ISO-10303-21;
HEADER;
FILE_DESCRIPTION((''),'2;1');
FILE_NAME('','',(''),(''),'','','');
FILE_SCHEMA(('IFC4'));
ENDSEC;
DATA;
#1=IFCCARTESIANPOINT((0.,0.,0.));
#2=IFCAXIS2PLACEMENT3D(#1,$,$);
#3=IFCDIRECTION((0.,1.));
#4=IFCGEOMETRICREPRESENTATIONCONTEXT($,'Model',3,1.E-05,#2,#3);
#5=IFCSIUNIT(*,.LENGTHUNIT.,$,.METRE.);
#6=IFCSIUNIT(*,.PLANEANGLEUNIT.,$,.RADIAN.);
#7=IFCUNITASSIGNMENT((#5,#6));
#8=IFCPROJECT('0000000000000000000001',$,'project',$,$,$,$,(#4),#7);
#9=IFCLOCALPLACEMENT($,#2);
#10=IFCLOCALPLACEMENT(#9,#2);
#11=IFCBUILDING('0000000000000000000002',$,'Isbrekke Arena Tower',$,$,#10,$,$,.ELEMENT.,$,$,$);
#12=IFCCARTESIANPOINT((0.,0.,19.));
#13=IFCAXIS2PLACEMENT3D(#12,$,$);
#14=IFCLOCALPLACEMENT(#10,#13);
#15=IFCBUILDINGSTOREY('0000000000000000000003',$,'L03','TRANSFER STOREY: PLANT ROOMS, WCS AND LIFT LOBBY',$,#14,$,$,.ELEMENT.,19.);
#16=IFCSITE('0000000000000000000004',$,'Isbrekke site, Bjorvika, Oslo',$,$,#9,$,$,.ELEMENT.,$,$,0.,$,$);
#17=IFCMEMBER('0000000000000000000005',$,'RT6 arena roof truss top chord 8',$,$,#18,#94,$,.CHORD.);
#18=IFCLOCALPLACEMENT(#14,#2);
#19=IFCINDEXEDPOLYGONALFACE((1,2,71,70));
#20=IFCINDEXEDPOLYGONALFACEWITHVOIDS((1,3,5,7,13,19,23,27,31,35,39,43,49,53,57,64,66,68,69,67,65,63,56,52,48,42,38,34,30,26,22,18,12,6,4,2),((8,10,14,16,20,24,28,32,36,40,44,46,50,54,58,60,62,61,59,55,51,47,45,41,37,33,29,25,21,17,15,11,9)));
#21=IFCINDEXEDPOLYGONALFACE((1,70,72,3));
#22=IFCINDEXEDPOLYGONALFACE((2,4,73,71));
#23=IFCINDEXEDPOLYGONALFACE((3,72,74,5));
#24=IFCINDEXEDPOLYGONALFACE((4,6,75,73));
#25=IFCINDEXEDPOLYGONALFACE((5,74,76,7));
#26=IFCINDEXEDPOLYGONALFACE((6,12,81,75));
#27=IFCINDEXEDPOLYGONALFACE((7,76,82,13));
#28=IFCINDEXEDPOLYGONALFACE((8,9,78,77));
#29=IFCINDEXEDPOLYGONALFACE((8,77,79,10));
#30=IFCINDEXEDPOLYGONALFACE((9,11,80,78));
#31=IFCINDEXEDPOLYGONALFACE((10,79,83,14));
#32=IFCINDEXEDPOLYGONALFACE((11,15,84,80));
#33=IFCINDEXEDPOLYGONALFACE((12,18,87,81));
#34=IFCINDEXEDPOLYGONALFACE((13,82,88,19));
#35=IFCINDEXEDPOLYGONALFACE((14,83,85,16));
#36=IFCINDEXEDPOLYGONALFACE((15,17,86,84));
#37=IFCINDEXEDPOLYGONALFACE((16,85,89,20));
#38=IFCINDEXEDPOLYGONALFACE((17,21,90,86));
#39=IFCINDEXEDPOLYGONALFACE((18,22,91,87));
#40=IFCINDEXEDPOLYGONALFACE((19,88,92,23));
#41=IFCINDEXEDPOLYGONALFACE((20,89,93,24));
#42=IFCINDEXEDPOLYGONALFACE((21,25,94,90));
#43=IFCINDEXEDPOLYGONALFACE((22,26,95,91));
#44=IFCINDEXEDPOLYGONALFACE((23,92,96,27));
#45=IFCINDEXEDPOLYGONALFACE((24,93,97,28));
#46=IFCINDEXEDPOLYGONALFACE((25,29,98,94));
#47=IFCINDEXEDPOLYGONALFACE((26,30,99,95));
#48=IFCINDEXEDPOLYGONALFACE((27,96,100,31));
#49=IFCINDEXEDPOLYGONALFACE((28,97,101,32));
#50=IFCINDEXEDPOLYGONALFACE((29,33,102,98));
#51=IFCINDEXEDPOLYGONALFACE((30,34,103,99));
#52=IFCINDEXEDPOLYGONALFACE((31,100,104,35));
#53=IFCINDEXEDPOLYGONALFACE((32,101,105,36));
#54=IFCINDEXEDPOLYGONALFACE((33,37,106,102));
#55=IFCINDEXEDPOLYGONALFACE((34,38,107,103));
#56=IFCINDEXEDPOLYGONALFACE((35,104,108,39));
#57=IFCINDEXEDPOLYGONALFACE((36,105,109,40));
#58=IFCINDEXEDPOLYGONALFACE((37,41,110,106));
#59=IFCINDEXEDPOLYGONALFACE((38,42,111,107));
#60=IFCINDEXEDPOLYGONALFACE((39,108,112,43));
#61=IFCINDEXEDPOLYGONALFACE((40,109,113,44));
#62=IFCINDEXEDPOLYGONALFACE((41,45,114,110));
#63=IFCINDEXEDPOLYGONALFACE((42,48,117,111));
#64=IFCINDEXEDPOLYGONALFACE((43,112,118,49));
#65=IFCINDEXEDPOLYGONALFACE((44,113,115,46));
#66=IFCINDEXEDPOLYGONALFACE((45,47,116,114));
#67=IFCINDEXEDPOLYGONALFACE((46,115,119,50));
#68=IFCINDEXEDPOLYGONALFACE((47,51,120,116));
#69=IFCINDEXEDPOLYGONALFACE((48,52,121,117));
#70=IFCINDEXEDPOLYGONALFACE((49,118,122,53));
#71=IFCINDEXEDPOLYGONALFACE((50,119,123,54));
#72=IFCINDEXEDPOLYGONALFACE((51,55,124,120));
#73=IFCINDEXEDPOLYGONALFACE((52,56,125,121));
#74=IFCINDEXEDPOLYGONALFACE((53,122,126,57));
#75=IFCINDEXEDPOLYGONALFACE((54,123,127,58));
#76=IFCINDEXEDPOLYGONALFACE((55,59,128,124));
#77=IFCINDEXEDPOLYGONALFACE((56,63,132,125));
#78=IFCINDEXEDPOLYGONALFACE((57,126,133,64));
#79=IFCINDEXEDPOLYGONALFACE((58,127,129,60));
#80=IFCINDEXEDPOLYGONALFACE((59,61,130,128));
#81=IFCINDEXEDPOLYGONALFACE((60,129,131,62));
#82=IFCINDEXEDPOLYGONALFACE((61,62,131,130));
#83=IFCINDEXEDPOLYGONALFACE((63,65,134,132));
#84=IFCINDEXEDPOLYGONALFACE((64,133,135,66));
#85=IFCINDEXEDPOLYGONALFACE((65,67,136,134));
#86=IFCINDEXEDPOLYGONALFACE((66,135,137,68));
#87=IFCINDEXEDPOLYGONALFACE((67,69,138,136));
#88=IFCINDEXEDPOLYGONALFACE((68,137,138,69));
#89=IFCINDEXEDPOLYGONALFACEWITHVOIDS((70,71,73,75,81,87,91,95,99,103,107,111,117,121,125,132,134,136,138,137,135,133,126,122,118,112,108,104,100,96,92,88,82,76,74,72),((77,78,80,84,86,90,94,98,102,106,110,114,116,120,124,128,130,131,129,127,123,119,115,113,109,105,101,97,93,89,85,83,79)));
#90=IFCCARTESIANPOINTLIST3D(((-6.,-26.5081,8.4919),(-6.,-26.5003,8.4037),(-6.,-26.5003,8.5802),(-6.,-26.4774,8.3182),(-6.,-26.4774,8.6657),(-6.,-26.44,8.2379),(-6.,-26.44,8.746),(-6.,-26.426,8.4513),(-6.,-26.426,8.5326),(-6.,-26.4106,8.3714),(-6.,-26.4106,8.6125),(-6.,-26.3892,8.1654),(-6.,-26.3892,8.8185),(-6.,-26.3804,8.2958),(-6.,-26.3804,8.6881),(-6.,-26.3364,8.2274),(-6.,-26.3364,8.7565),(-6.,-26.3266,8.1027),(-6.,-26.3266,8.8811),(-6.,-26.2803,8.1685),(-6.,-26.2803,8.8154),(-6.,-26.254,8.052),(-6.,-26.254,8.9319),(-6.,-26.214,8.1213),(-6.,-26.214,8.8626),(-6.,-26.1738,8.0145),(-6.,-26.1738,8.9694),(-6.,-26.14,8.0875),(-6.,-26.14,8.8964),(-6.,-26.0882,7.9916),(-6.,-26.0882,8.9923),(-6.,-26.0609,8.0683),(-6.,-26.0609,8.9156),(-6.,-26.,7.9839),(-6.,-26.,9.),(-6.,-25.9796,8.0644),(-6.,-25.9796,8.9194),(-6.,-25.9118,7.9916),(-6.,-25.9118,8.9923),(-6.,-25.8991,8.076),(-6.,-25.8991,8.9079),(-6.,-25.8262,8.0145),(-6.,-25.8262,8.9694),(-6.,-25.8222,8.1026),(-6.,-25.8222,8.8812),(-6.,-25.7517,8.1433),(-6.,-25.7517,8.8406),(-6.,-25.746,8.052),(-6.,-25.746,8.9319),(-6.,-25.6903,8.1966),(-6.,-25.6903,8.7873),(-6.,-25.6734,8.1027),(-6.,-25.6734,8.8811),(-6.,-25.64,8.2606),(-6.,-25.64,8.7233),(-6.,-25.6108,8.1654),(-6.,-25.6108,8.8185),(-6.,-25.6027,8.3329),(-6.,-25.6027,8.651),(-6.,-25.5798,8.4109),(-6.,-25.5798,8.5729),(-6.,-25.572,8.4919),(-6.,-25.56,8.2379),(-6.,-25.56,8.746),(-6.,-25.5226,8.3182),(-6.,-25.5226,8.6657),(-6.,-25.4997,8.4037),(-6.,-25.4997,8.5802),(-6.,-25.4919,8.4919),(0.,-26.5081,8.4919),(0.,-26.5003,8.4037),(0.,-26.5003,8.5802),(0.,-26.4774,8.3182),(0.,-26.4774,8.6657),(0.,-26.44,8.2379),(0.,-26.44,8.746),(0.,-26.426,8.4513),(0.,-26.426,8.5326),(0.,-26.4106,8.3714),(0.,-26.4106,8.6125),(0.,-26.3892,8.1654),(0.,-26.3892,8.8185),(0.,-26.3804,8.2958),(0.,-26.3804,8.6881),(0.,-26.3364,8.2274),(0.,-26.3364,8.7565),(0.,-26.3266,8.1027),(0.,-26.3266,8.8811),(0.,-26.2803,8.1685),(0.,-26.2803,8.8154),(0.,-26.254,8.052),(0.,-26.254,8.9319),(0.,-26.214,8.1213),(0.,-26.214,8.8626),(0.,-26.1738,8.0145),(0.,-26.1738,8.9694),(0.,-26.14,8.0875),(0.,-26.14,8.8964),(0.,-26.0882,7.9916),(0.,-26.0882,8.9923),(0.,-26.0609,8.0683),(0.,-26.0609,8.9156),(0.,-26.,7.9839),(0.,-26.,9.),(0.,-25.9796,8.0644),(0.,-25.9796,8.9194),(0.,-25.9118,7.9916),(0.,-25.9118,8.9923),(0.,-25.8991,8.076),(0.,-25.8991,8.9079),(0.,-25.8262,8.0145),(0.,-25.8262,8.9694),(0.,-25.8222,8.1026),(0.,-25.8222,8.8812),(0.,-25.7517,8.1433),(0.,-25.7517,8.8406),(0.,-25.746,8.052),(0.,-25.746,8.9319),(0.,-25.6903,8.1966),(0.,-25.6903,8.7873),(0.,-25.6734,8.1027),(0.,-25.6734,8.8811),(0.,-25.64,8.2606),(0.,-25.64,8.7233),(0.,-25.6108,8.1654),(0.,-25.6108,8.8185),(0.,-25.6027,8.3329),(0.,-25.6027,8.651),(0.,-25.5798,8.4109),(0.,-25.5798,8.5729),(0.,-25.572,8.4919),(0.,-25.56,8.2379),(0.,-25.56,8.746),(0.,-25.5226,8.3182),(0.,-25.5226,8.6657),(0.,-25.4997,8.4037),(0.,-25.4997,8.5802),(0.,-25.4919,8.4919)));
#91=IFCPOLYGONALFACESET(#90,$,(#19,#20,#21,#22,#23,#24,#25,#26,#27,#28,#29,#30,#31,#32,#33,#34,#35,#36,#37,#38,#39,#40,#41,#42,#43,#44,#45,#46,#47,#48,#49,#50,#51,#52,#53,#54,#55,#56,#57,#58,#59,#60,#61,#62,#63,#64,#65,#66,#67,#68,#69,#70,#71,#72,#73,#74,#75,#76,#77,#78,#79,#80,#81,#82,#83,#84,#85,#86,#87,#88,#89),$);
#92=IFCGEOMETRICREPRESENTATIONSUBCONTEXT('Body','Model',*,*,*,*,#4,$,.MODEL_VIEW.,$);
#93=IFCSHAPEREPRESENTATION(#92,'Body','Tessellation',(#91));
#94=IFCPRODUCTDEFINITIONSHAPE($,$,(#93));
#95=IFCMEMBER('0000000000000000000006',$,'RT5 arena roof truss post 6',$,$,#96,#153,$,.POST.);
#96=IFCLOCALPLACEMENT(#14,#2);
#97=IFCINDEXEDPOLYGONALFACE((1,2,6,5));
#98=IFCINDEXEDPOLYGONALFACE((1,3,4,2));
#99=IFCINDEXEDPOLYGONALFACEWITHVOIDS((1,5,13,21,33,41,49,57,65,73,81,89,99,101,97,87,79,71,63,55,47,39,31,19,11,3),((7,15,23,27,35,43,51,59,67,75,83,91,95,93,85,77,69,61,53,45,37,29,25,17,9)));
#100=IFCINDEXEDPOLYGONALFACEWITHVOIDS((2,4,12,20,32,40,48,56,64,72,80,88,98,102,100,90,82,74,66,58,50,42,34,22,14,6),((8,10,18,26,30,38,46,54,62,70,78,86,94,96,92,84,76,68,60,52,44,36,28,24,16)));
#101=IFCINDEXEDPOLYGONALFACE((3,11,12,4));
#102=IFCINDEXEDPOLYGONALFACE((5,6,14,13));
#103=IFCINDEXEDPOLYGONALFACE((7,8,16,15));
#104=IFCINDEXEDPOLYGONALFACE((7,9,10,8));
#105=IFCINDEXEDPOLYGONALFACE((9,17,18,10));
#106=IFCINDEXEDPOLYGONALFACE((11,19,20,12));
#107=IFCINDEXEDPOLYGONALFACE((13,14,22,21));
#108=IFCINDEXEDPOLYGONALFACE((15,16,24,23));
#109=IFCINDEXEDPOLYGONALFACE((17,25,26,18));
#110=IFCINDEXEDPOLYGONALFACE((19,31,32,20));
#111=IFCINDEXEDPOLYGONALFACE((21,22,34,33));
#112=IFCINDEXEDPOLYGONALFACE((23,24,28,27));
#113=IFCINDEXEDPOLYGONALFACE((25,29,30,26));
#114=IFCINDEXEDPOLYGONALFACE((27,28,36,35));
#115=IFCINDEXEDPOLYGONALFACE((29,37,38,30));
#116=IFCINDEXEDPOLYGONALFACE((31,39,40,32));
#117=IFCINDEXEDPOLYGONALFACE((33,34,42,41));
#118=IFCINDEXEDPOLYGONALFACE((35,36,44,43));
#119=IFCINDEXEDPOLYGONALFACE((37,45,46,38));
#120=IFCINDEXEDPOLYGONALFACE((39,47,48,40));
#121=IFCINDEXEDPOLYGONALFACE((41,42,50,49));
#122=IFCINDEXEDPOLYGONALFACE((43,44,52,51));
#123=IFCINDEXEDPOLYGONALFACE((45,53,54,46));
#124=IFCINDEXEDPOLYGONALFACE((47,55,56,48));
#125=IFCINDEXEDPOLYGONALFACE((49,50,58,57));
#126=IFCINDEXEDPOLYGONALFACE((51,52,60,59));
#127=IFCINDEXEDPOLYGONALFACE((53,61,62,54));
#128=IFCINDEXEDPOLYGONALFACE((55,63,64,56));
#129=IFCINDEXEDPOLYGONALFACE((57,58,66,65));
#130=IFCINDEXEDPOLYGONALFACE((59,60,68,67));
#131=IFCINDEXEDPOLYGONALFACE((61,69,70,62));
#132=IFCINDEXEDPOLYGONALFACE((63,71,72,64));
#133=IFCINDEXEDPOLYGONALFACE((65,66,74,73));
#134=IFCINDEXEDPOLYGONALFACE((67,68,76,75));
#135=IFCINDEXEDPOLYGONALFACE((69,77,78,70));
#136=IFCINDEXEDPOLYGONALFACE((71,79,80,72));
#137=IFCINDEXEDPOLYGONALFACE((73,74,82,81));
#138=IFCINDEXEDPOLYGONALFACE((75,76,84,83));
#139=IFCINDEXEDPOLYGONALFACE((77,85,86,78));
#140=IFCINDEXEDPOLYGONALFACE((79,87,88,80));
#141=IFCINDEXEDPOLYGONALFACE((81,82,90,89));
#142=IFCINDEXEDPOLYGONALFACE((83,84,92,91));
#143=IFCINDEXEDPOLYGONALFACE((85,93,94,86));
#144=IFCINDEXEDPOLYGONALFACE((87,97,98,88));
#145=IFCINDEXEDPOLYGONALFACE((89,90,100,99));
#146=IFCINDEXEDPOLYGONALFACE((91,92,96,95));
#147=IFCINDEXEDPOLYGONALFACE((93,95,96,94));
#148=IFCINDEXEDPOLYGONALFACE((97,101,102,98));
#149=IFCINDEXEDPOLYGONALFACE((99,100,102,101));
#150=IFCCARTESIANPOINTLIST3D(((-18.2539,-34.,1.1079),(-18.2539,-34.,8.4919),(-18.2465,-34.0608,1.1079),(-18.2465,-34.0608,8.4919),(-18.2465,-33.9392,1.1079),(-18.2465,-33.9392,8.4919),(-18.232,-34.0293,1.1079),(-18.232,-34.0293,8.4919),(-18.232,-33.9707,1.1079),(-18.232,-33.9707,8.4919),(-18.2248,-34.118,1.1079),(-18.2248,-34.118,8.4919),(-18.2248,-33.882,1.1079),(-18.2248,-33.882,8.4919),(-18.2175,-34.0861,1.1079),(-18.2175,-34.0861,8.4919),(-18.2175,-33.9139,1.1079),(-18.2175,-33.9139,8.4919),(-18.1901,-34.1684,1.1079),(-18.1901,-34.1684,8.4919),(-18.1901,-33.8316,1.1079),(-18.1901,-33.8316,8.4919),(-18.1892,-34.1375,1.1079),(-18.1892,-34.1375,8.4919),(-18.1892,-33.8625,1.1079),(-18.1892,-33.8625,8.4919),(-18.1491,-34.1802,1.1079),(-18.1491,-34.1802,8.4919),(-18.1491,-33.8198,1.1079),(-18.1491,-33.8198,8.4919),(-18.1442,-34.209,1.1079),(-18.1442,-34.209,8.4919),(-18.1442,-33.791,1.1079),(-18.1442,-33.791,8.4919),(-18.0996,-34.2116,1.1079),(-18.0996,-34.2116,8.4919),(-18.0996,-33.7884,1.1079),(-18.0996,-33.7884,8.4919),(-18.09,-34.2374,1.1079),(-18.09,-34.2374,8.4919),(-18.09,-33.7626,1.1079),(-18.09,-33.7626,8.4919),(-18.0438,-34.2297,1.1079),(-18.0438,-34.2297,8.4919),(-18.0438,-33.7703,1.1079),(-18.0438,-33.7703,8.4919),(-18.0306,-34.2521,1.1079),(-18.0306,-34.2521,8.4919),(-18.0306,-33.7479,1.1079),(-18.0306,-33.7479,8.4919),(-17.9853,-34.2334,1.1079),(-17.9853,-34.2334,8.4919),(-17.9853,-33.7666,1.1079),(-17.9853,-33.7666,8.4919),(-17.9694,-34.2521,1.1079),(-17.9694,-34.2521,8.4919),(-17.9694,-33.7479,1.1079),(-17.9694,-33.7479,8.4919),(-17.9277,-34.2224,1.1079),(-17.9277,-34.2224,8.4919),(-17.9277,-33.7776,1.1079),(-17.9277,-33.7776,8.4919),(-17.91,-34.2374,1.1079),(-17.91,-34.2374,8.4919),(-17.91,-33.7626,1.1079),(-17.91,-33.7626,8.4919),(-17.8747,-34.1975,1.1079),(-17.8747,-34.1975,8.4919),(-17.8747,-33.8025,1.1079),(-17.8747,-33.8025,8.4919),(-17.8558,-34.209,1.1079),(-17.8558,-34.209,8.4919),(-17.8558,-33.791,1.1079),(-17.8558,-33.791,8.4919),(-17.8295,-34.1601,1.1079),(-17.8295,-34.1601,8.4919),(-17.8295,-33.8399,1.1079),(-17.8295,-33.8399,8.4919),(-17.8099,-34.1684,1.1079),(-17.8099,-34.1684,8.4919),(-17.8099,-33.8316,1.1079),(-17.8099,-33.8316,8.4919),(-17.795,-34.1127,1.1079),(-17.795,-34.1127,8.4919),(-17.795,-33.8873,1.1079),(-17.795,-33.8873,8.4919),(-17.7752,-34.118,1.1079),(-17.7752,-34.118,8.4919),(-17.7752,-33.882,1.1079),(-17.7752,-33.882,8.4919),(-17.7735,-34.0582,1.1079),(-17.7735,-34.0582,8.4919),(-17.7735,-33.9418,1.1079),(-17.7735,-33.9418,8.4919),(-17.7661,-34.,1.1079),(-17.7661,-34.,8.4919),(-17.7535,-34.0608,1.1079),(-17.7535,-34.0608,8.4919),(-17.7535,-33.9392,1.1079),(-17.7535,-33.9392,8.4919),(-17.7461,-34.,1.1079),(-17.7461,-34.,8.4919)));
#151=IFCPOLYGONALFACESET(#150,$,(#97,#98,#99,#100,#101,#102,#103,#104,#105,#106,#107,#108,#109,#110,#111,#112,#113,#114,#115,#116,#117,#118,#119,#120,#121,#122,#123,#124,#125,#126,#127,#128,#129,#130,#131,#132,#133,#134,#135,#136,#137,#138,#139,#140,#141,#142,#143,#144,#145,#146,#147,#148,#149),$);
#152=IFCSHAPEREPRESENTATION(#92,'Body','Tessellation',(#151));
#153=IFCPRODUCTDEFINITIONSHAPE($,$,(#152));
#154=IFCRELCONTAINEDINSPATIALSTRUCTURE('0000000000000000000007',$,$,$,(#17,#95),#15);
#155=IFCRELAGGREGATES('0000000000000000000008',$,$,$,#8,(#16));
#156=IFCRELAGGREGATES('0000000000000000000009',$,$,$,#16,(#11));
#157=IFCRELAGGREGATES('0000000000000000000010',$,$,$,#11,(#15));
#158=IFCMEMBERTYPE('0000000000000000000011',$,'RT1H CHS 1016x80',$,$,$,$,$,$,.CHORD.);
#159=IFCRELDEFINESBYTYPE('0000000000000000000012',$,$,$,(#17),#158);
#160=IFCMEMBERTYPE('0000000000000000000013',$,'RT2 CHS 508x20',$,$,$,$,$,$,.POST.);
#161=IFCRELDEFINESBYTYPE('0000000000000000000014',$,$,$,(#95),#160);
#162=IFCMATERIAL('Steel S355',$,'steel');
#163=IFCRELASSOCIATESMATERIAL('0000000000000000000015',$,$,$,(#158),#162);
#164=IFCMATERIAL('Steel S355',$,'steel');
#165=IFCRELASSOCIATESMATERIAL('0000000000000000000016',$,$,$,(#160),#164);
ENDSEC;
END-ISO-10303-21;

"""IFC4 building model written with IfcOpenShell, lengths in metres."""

from ifc_helpers import new_model, si_unit, direction, frame, origin, origin_2d, place, context, subcontext, project, spatial, hollow_circle, extrude, material, material_profile, profile_set, type_object, element, save


model = new_model("IFC4")

# Units and contexts
model_context = context("Model", 3, precision=1e-05, world=origin(), true_north=direction((0.0, 1.0)))
body_context = subcontext(model_context, "Body", "Model", "MODEL_VIEW")
ifc_project = project(units=[si_unit("LENGTHUNIT", "METRE"), si_unit("PLANEANGLEUNIT", "RADIAN")], contexts=[model_context])

# Site, building, storey
site_placement = place(None, origin())
site = spatial("IfcSite", under=ifc_project, at=site_placement, Name="Isbrekke site, Bjorvika, Oslo", CompositionType="ELEMENT", RefElevation=0.0)
building_placement = place(site_placement, origin())
building = spatial("IfcBuilding", under=site, at=building_placement, Name="Isbrekke Arena Tower", CompositionType="ELEMENT")
storey_placement = place(building_placement, frame((0.0, 0.0, 19.0)))
storey = spatial("IfcBuildingStorey", under=building, at=storey_placement, Name="L03", Description="TRANSFER STOREY: PLANT ROOMS, WCS AND LIFT LOBBY", CompositionType="ELEMENT", Elevation=19.0)

# Members
ifc_material_1 = material(Name="Steel S355", Category="steel")
ifc_material_profile_1 = material_profile(ifc_material_1, hollow_circle(Radius=0.5081, WallThickness=0.0801, at=origin_2d()), Name="CHS 1016x80")
ifc_profile_set_1 = profile_set([ifc_material_profile_1], Name="Steel S355")
member_type_1 = type_object("IfcMemberType", Name="RT1H CHS 1016x80", PredefinedType="CHORD", material=ifc_profile_set_1)
for number, where, z_axis, x_axis, name in (
    (1, (-6.0, -26.0, 8.4919), (1.0, 0.0, 0.0), (0.0, 1.0, 0.0), "RT6 arena roof truss top chord 8"),
):
    element("IfcMember", number, at=place(storey_placement, frame(where, z_axis=z_axis, x_axis=x_axis)), inside=storey, type_object=member_type_1, Name=name, PredefinedType="CHORD", context=body_context, shape_type="SweptSolid", body=[
        extrude(hollow_circle(Radius=0.5081, WallThickness=0.0801, at=origin_2d()), origin(), (0.0, 0.0, 1.0), 6.0),
    ])
ifc_material_2 = material(Name="Steel S355", Category="steel")
ifc_material_profile_2 = material_profile(ifc_material_2, hollow_circle(Radius=0.2539, WallThickness=0.02, at=origin_2d()), Name="CHS 508x20")
ifc_profile_set_2 = profile_set([ifc_material_profile_2], Name="Steel S355")
member_type_2 = type_object("IfcMemberType", Name="RT2 CHS 508x20", PredefinedType="POST", material=ifc_profile_set_2)
for number, where, z_axis, x_axis, name in (
    (2, (-18.0, -34.0, 1.1079), (0.0, 0.0, 1.0), (1.0, 0.0, 0.0), "RT5 arena roof truss post 6"),
):
    element("IfcMember", number, at=place(storey_placement, frame(where, z_axis=z_axis, x_axis=x_axis)), inside=storey, type_object=member_type_2, Name=name, PredefinedType="POST", context=body_context, shape_type="SweptSolid", body=[
        extrude(hollow_circle(Radius=0.2539, WallThickness=0.02, at=origin_2d()), origin(), (0.0, 0.0, 1.0), 7.384),
    ])

save(model, "model.ifc")
